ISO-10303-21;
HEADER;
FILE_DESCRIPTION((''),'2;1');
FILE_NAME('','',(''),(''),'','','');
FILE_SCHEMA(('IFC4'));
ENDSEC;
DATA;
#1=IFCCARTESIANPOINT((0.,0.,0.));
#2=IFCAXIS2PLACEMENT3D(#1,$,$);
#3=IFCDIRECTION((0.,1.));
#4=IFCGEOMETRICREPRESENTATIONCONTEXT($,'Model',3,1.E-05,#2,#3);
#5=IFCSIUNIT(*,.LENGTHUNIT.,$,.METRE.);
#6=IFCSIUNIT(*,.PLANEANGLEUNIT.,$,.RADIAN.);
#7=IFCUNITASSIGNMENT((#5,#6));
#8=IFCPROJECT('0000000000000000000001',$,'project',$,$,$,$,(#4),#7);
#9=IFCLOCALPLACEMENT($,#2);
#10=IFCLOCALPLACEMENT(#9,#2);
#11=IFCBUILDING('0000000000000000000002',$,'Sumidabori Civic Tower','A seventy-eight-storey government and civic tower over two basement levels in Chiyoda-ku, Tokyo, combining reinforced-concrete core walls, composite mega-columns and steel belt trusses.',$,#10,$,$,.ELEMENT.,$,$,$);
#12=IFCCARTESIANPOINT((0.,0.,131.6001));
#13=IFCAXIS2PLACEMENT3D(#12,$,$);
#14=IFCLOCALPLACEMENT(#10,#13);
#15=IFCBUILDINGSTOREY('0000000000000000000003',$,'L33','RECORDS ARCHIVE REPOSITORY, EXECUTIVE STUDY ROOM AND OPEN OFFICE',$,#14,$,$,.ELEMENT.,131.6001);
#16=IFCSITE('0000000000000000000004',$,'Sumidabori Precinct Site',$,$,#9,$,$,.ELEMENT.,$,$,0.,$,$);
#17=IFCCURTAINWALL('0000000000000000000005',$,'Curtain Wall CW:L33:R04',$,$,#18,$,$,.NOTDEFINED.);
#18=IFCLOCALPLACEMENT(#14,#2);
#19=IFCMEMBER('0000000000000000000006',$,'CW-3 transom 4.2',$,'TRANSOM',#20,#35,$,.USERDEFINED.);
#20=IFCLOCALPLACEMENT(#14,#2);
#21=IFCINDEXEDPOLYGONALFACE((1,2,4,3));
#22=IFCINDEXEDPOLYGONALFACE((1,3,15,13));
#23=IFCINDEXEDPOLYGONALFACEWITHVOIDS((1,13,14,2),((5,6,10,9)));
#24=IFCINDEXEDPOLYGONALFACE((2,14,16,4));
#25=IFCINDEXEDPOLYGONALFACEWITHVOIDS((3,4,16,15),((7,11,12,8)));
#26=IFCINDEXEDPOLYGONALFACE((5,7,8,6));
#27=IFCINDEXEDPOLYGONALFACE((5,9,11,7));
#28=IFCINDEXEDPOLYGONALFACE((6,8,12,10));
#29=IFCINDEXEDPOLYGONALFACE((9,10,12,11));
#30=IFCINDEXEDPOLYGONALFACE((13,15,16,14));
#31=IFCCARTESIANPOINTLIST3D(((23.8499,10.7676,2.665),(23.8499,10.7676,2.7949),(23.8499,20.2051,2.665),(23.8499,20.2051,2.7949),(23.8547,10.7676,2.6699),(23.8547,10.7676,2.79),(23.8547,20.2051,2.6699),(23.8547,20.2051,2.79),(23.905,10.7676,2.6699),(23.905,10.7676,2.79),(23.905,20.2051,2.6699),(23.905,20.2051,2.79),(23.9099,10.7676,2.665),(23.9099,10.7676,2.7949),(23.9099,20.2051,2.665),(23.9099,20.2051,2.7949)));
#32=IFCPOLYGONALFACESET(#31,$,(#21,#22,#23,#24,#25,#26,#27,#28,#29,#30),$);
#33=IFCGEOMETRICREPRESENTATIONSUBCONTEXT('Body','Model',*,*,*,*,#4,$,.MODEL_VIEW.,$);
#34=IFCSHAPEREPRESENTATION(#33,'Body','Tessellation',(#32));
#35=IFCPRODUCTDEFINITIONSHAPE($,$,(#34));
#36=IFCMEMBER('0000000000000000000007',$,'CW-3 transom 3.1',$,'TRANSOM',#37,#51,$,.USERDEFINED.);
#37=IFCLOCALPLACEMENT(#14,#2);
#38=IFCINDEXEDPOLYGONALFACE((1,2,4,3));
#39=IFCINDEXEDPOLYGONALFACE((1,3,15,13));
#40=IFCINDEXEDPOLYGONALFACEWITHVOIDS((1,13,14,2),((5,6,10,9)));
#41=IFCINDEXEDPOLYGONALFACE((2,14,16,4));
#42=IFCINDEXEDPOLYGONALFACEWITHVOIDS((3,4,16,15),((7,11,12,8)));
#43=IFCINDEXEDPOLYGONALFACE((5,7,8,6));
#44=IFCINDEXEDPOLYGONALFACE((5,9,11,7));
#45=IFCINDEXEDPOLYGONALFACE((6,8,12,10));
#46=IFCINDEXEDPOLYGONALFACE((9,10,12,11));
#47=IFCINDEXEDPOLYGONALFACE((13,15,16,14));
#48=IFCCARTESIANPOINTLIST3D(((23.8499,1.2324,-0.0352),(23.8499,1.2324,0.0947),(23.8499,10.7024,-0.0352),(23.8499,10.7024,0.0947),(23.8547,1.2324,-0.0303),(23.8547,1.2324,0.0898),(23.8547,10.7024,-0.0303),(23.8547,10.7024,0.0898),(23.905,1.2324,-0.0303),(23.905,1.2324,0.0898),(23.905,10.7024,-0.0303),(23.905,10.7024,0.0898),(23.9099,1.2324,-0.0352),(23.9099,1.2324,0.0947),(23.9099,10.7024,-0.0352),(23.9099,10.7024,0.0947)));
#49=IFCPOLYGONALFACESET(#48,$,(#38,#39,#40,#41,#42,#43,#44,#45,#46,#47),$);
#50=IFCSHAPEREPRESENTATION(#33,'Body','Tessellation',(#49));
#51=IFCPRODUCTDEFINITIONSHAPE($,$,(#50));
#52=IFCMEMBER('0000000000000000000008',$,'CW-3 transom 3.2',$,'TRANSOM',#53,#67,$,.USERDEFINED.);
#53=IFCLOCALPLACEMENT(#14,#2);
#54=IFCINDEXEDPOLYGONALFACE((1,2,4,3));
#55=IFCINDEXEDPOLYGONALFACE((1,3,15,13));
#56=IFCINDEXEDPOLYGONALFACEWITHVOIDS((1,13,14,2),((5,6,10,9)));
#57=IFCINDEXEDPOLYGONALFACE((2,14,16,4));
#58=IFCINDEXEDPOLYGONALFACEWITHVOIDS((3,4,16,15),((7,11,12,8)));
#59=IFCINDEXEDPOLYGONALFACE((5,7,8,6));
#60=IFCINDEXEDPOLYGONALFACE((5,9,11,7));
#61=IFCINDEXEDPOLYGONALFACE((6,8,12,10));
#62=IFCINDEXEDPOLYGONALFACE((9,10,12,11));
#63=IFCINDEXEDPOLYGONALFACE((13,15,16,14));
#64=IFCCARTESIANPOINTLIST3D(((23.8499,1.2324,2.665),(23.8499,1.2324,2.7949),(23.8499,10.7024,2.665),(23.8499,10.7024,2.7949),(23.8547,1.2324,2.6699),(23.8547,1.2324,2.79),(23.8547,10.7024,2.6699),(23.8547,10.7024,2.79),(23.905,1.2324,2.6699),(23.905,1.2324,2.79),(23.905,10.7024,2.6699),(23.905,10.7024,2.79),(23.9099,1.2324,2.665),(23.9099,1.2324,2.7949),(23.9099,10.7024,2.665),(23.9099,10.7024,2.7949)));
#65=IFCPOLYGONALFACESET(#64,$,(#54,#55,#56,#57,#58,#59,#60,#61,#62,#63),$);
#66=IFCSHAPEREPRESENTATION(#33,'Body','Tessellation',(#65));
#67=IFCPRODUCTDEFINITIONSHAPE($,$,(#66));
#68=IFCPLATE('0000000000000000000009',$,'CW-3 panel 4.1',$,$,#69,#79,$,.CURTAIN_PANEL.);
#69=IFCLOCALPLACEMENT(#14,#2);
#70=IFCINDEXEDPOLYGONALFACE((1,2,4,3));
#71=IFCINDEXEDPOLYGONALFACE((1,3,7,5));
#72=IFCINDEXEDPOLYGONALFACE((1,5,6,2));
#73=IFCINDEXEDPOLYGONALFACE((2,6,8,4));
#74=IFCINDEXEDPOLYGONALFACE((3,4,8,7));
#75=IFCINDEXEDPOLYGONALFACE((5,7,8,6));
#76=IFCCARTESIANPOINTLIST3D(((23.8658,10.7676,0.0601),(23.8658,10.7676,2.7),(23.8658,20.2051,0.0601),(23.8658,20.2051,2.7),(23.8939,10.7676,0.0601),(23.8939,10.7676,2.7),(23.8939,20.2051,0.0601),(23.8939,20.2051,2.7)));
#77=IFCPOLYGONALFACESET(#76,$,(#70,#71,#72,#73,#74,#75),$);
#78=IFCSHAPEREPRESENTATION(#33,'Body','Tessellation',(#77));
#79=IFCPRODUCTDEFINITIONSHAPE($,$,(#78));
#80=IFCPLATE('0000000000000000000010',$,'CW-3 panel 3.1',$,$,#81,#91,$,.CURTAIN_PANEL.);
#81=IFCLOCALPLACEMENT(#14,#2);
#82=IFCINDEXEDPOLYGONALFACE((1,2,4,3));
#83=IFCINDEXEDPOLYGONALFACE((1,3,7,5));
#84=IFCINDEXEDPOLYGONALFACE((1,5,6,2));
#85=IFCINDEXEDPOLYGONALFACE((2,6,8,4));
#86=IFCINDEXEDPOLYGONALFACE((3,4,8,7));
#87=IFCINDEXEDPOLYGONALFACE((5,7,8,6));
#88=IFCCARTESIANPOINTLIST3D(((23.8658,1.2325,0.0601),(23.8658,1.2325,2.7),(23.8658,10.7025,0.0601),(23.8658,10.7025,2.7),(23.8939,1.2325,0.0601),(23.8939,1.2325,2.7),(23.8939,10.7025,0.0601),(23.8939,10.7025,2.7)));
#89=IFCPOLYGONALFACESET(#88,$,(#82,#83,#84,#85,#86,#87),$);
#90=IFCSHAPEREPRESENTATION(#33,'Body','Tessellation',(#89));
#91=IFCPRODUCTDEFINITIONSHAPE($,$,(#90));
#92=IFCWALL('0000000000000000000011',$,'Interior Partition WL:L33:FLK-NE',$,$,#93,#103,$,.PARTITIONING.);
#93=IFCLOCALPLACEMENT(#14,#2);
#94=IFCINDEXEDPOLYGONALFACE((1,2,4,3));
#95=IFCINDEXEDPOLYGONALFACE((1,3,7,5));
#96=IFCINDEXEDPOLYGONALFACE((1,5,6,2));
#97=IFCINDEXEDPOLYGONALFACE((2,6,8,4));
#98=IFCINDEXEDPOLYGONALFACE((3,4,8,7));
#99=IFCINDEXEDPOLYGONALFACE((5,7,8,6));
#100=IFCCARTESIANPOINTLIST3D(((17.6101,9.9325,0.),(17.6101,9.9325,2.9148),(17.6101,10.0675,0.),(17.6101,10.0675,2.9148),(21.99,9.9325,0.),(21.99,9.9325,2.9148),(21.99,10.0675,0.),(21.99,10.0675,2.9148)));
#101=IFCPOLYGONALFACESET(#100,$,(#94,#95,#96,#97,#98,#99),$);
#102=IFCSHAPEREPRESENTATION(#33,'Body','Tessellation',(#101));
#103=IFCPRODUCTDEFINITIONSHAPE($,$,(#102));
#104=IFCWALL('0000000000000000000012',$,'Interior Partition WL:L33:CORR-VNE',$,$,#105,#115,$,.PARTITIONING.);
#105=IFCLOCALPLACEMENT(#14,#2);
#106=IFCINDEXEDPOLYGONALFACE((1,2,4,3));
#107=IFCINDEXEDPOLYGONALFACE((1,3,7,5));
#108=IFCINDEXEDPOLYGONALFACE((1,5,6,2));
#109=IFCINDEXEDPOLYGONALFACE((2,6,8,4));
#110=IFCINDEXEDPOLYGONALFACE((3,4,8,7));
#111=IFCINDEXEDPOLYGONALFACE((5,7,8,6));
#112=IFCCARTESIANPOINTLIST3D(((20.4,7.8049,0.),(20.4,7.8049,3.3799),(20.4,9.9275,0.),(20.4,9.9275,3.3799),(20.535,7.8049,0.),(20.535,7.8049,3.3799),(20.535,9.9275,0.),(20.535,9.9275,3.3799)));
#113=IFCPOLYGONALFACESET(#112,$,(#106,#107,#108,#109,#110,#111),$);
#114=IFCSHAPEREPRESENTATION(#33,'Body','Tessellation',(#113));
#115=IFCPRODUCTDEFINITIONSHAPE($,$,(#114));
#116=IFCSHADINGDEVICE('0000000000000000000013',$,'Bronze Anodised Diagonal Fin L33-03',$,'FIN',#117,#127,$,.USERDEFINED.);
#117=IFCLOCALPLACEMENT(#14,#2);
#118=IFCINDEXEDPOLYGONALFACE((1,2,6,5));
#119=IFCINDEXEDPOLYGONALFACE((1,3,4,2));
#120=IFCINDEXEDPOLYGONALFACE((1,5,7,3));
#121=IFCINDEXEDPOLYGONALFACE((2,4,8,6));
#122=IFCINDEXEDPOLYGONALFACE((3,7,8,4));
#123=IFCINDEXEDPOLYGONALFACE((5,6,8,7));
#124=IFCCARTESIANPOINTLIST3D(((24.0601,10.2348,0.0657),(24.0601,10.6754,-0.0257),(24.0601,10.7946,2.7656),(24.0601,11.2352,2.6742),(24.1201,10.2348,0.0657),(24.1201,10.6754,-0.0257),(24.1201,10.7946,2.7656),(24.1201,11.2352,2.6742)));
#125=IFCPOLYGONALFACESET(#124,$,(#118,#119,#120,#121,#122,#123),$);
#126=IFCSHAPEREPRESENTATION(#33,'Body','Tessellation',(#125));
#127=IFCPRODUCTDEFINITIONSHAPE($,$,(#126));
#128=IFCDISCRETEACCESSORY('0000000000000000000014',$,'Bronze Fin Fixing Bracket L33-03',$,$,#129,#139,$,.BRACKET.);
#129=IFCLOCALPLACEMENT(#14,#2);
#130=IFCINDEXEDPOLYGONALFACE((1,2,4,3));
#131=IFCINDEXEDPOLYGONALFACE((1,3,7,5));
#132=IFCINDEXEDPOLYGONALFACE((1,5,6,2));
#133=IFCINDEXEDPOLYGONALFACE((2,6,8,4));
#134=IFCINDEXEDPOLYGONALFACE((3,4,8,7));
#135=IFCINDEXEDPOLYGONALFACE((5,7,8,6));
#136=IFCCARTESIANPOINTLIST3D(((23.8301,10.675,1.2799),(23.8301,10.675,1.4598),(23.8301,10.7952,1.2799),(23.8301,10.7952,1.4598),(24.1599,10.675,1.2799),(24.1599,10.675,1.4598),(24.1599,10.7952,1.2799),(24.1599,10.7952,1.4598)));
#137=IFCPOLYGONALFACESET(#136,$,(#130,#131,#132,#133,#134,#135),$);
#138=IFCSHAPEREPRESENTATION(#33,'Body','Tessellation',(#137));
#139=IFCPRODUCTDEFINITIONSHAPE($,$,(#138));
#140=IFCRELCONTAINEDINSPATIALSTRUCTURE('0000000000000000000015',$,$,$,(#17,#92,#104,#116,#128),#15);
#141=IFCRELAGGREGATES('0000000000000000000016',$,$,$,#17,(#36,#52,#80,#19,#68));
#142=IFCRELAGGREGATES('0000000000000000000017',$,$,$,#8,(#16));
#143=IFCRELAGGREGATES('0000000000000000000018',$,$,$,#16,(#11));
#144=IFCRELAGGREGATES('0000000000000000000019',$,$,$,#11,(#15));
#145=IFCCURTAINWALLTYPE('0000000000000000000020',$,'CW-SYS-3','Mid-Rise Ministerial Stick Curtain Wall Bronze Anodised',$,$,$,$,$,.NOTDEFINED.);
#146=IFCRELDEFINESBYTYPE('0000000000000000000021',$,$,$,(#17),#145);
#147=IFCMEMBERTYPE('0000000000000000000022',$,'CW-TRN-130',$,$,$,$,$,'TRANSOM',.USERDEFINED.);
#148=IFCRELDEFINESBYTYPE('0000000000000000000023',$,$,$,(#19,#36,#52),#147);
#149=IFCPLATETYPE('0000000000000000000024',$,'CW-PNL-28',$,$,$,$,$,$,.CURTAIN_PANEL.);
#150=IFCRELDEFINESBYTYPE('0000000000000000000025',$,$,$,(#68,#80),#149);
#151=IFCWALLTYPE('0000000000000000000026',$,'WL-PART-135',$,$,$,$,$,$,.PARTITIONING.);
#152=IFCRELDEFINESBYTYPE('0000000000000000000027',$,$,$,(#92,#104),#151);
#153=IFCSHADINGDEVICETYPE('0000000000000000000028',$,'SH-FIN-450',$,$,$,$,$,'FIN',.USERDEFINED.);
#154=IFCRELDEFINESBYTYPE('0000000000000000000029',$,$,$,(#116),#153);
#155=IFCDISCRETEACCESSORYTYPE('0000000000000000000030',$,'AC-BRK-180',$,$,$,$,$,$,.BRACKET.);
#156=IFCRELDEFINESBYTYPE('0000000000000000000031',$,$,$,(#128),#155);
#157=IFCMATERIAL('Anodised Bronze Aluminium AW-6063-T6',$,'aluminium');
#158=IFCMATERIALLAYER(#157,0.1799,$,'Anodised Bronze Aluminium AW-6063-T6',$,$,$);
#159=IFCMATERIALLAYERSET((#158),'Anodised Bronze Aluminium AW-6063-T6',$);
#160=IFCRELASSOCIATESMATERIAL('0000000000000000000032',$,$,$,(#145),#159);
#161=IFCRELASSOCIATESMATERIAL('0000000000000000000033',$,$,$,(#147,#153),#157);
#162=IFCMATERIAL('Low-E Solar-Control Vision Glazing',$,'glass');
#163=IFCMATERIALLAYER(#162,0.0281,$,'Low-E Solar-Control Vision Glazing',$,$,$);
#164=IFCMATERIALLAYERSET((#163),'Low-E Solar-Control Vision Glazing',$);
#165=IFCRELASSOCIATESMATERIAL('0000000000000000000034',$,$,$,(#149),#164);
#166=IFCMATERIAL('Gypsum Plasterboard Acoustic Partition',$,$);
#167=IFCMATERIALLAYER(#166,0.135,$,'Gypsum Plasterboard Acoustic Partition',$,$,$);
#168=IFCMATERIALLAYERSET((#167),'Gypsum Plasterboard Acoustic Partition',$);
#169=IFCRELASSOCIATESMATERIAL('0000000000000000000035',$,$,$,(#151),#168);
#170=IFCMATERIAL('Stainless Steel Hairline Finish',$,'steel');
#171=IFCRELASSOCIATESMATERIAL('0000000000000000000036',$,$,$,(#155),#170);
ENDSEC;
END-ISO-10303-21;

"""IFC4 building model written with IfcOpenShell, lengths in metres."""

from ifc_helpers import new_model, si_unit, direction, frame, frame_2d, origin, origin_2d, place, context, subcontext, project, spatial, rectangle, hollow_rectangle, extrude, source, transform, mapped, material, layer, layer_set, material_profile, profile_set, type_object, element, aggregate, save


model = new_model("IFC4")

# Units and contexts
model_context = context("Model", 3, precision=1e-05, world=origin(), true_north=direction((0.0, 1.0)))
body_context = subcontext(model_context, "Body", "Model", "MODEL_VIEW")
ifc_project = project(units=[si_unit("LENGTHUNIT", "METRE"), si_unit("PLANEANGLEUNIT", "RADIAN")], contexts=[model_context])

# Site, building, storey
site_placement = place(None, origin())
site = spatial("IfcSite", under=ifc_project, at=site_placement, Name="Sumidabori Precinct Site", CompositionType="ELEMENT", RefElevation=0.0)
building_placement = place(site_placement, origin())
building = spatial("IfcBuilding", under=site, at=building_placement, Name="Sumidabori Civic Tower", Description="A seventy-eight-storey government and civic tower over two basement levels in Chiyoda-ku, Tokyo, combining reinforced-concrete core walls, composite mega-columns and steel belt trusses.", CompositionType="ELEMENT")
storey_placement = place(building_placement, frame((0.0, 0.0, 131.6001)))
storey = spatial("IfcBuildingStorey", under=building, at=storey_placement, Name="L33", Description="RECORDS ARCHIVE REPOSITORY, EXECUTIVE STUDY ROOM AND OPEN OFFICE", CompositionType="ELEMENT", Elevation=131.6001)

# Curtain wall, members, plates
ifc_material_1 = material(Name="Anodised Bronze Aluminium AW-6063-T6", Category="aluminium")
ifc_layer_1 = layer(ifc_material_1, 0.1799, Name="Anodised Bronze Aluminium AW-6063-T6")
ifc_layer_set_1 = layer_set([ifc_layer_1], Name="Anodised Bronze Aluminium AW-6063-T6")
curtain_wall_type = type_object("IfcCurtainWallType", Name="CW-SYS-3", Description="Mid-Rise Ministerial Stick Curtain Wall Bronze Anodised", PredefinedType="NOTDEFINED", material=ifc_layer_set_1)
curtain_wall_placement = place(storey_placement, origin())
curtain_wall = element("IfcCurtainWall", 1, at=curtain_wall_placement, inside=storey, type_object=curtain_wall_type, Name="Curtain Wall CW:L33:R04", PredefinedType="NOTDEFINED")
ifc_material_profile_1 = material_profile(ifc_material_1, hollow_rectangle(XDim=0.0601, YDim=0.1299, WallThickness=0.0049, at=origin_2d()), Name="ALU TRANSOM 130x60")
ifc_profile_set_1 = profile_set([ifc_material_profile_1], Name="Anodised Bronze Aluminium AW-6063-T6")
member_type_1 = type_object("IfcMemberType", Name="CW-TRN-130", ElementType="TRANSOM", PredefinedType="USERDEFINED", material=ifc_profile_set_1)
shared_shape_1 = source(origin(), body_context, "Body", "SweptSolid", [
    extrude(hollow_rectangle(XDim=0.0601, YDim=0.1299, WallThickness=0.0049, at=origin_2d()), origin(), (0.0, 0.0, 1.0), 9.4375),
])
member_1_placement = place(storey_placement, frame((23.8799, 10.7676, 2.73), z_axis=(0.0, 1.0, 0.0), x_axis=(-1.0, 0.0, 0.0)))
member_1 = element("IfcMember", 2, at=member_1_placement, type_object=member_type_1, Name="CW-3 transom 4.2", ObjectType="TRANSOM", PredefinedType="USERDEFINED", context=body_context, shape_type="MappedRepresentation", body=[
    mapped(shared_shape_1, transform((0.0, 0.0, 0.0), x_axis=(1.0, 0.0, 0.0), y_axis=(0.0, 1.0, 0.0), z_axis=(0.0, 0.0, 1.0), scale=1.0)),
])
shared_shape_2 = source(origin(), body_context, "Body", "SweptSolid", [
    extrude(hollow_rectangle(XDim=0.0601, YDim=0.1299, WallThickness=0.0049, at=origin_2d()), origin(), (0.0, 0.0, 1.0), 9.47),
])
member_2_placement = place(storey_placement, frame((23.8799, 1.2324, 0.0298), z_axis=(0.0, 1.0, 0.0), x_axis=(-1.0, 0.0, 0.0)))
member_2 = element("IfcMember", 3, at=member_2_placement, type_object=member_type_1, Name="CW-3 transom 3.1", ObjectType="TRANSOM", PredefinedType="USERDEFINED", context=body_context, shape_type="MappedRepresentation", body=[
    mapped(shared_shape_2, transform((0.0, 0.0, 0.0), x_axis=(1.0, 0.0, 0.0), y_axis=(0.0, 1.0, 0.0), z_axis=(0.0, 0.0, 1.0), scale=1.0)),
])
member_3_placement = place(storey_placement, frame((23.8799, 1.2324, 2.73), z_axis=(0.0, 1.0, 0.0), x_axis=(-1.0, 0.0, 0.0)))
member_3 = element("IfcMember", 4, at=member_3_placement, type_object=member_type_1, Name="CW-3 transom 3.2", ObjectType="TRANSOM", PredefinedType="USERDEFINED", context=body_context, shape_type="MappedRepresentation", body=[
    mapped(shared_shape_2, transform((0.0, 0.0, 0.0), x_axis=(1.0, 0.0, 0.0), y_axis=(0.0, 1.0, 0.0), z_axis=(0.0, 0.0, 1.0), scale=1.0)),
])
ifc_material_2 = material(Name="Low-E Solar-Control Vision Glazing", Category="glass")
ifc_layer_2 = layer(ifc_material_2, 0.0281, Name="Low-E Solar-Control Vision Glazing")
ifc_layer_set_2 = layer_set([ifc_layer_2], Name="Low-E Solar-Control Vision Glazing")
plate_type = type_object("IfcPlateType", Name="CW-PNL-28", PredefinedType="CURTAIN_PANEL", material=ifc_layer_set_2)
shared_shape_3 = source(origin(), body_context, "Body", "SweptSolid", [
    extrude(rectangle(XDim=9.4375, YDim=0.0281, at=origin_2d()), origin(), (0.0, 0.0, 1.0), 2.6399),
])
plate_1_placement = place(storey_placement, frame((23.8799, 15.4863, 0.0601), z_axis=(0.0, 0.0, 1.0), x_axis=(0.0, 1.0, 0.0)))
plate_1 = element("IfcPlate", 5, at=plate_1_placement, type_object=plate_type, Name="CW-3 panel 4.1", PredefinedType="CURTAIN_PANEL", context=body_context, shape_type="MappedRepresentation", body=[
    mapped(shared_shape_3, transform((0.0, 0.0, 0.0), x_axis=(1.0, 0.0, 0.0), y_axis=(0.0, 1.0, 0.0), z_axis=(0.0, 0.0, 1.0), scale=1.0)),
])
shared_shape_4 = source(origin(), body_context, "Body", "SweptSolid", [
    extrude(rectangle(XDim=9.47, YDim=0.0281, at=origin_2d()), origin(), (0.0, 0.0, 1.0), 2.6399),
])
plate_2_placement = place(storey_placement, frame((23.8799, 5.9675, 0.0601), z_axis=(0.0, 0.0, 1.0), x_axis=(0.0, 1.0, 0.0)))
plate_2 = element("IfcPlate", 6, at=plate_2_placement, type_object=plate_type, Name="CW-3 panel 3.1", PredefinedType="CURTAIN_PANEL", context=body_context, shape_type="MappedRepresentation", body=[
    mapped(shared_shape_4, transform((0.0, 0.0, 0.0), x_axis=(1.0, 0.0, 0.0), y_axis=(0.0, 1.0, 0.0), z_axis=(0.0, 0.0, 1.0), scale=1.0)),
])
aggregate(curtain_wall, [member_2, member_3, plate_2, member_1, plate_1])

# Walls
ifc_material_3 = material(Name="Gypsum Plasterboard Acoustic Partition")
ifc_layer_3 = layer(ifc_material_3, 0.135, Name="Gypsum Plasterboard Acoustic Partition")
ifc_layer_set_3 = layer_set([ifc_layer_3], Name="Gypsum Plasterboard Acoustic Partition")
wall_type = type_object("IfcWallType", Name="WL-PART-135", PredefinedType="PARTITIONING", material=ifc_layer_set_3)
shared_shape_5 = source(origin(), body_context, "Body", "SweptSolid", [
    extrude(rectangle(XDim=4.3799, YDim=0.135, at=frame_2d((2.1899, 0.0))), origin(), (0.0, 0.0, 1.0), 2.9148),
])
wall_1_placement = place(storey_placement, frame((17.6101, 10.0, 0.0), z_axis=(0.0, 0.0, 1.0), x_axis=(1.0, 0.0, 0.0)))
element("IfcWall", 7, at=wall_1_placement, inside=storey, type_object=wall_type, Name="Interior Partition WL:L33:FLK-NE", PredefinedType="PARTITIONING", context=body_context, shape_type="MappedRepresentation", body=[
    mapped(shared_shape_5, transform((0.0, 0.0, 0.0), x_axis=(1.0, 0.0, 0.0), y_axis=(0.0, 1.0, 0.0), z_axis=(0.0, 0.0, 1.0), scale=1.0)),
])
shared_shape_6 = source(origin(), body_context, "Body", "SweptSolid", [
    extrude(rectangle(XDim=2.1226, YDim=0.135, at=frame_2d((1.0613, 0.0))), origin(), (0.0, 0.0, 1.0), 3.3799),
])
wall_2_placement = place(storey_placement, frame((20.4675, 7.8049, 0.0), z_axis=(0.0, 0.0, 1.0), x_axis=(0.0, 1.0, 0.0)))
element("IfcWall", 8, at=wall_2_placement, inside=storey, type_object=wall_type, Name="Interior Partition WL:L33:CORR-VNE", PredefinedType="PARTITIONING", context=body_context, shape_type="MappedRepresentation", body=[
    mapped(shared_shape_6, transform((0.0, 0.0, 0.0), x_axis=(1.0, 0.0, 0.0), y_axis=(0.0, 1.0, 0.0), z_axis=(0.0, 0.0, 1.0), scale=1.0)),
])

# Shading device
ifc_material_profile_2 = material_profile(ifc_material_1, rectangle(XDim=0.0601, YDim=0.45, at=origin_2d()), Name="BRONZE FIN 450x60")
ifc_profile_set_2 = profile_set([ifc_material_profile_2], Name="Anodised Bronze Aluminium AW-6063-T6")
shading_device_type = type_object("IfcShadingDeviceType", Name="SH-FIN-450", ElementType="FIN", PredefinedType="USERDEFINED", material=ifc_profile_set_2)
shared_shape_7 = source(origin(), body_context, "Body", "SweptSolid", [
    extrude(rectangle(XDim=0.0601, YDim=0.45, at=origin_2d()), origin(), (0.0, 0.0, 1.0), 2.7573),
])
shading_device_placement = place(storey_placement, frame((24.0901, 10.4551, 0.02), z_axis=(0.0, 0.203024, 0.979174), x_axis=(-1.0, 0.0, 0.0)))
element("IfcShadingDevice", 9, at=shading_device_placement, inside=storey, type_object=shading_device_type, Name="Bronze Anodised Diagonal Fin L33-03", ObjectType="FIN", PredefinedType="USERDEFINED", context=body_context, shape_type="MappedRepresentation", body=[
    mapped(shared_shape_7, transform((0.0, 0.0, 0.0), x_axis=(1.0, 0.0, 0.0), y_axis=(0.0, 1.0, 0.0), z_axis=(0.0, 0.0, 1.0), scale=1.0)),
])

# Discrete accessory
ifc_material_4 = material(Name="Stainless Steel Hairline Finish", Category="steel")
ifc_material_profile_3 = material_profile(ifc_material_4, rectangle(XDim=0.1201, YDim=0.1799, at=origin_2d()), Name="STEEL BRACKET 180x120")
ifc_profile_set_3 = profile_set([ifc_material_profile_3], Name="Stainless Steel Hairline Finish")
discrete_accessory_type = type_object("IfcDiscreteAccessoryType", Name="AC-BRK-180", PredefinedType="BRACKET", material=ifc_profile_set_3)
shared_shape_8 = source(origin(), body_context, "Body", "SweptSolid", [
    extrude(rectangle(XDim=0.1201, YDim=0.1799, at=origin_2d()), origin(), (0.0, 0.0, 1.0), 0.3298),
])
discrete_accessory_placement = place(storey_placement, frame((23.8301, 10.7351, 1.3699), z_axis=(1.0, 0.0, 0.0), x_axis=(0.0, 1.0, 0.0)))
element("IfcDiscreteAccessory", 10, at=discrete_accessory_placement, inside=storey, type_object=discrete_accessory_type, Name="Bronze Fin Fixing Bracket L33-03", PredefinedType="BRACKET", context=body_context, shape_type="MappedRepresentation", body=[
    mapped(shared_shape_8, transform((0.0, 0.0, 0.0), x_axis=(1.0, 0.0, 0.0), y_axis=(0.0, 1.0, 0.0), z_axis=(0.0, 0.0, 1.0), scale=1.0)),
])

save(model, "model.ifc")
